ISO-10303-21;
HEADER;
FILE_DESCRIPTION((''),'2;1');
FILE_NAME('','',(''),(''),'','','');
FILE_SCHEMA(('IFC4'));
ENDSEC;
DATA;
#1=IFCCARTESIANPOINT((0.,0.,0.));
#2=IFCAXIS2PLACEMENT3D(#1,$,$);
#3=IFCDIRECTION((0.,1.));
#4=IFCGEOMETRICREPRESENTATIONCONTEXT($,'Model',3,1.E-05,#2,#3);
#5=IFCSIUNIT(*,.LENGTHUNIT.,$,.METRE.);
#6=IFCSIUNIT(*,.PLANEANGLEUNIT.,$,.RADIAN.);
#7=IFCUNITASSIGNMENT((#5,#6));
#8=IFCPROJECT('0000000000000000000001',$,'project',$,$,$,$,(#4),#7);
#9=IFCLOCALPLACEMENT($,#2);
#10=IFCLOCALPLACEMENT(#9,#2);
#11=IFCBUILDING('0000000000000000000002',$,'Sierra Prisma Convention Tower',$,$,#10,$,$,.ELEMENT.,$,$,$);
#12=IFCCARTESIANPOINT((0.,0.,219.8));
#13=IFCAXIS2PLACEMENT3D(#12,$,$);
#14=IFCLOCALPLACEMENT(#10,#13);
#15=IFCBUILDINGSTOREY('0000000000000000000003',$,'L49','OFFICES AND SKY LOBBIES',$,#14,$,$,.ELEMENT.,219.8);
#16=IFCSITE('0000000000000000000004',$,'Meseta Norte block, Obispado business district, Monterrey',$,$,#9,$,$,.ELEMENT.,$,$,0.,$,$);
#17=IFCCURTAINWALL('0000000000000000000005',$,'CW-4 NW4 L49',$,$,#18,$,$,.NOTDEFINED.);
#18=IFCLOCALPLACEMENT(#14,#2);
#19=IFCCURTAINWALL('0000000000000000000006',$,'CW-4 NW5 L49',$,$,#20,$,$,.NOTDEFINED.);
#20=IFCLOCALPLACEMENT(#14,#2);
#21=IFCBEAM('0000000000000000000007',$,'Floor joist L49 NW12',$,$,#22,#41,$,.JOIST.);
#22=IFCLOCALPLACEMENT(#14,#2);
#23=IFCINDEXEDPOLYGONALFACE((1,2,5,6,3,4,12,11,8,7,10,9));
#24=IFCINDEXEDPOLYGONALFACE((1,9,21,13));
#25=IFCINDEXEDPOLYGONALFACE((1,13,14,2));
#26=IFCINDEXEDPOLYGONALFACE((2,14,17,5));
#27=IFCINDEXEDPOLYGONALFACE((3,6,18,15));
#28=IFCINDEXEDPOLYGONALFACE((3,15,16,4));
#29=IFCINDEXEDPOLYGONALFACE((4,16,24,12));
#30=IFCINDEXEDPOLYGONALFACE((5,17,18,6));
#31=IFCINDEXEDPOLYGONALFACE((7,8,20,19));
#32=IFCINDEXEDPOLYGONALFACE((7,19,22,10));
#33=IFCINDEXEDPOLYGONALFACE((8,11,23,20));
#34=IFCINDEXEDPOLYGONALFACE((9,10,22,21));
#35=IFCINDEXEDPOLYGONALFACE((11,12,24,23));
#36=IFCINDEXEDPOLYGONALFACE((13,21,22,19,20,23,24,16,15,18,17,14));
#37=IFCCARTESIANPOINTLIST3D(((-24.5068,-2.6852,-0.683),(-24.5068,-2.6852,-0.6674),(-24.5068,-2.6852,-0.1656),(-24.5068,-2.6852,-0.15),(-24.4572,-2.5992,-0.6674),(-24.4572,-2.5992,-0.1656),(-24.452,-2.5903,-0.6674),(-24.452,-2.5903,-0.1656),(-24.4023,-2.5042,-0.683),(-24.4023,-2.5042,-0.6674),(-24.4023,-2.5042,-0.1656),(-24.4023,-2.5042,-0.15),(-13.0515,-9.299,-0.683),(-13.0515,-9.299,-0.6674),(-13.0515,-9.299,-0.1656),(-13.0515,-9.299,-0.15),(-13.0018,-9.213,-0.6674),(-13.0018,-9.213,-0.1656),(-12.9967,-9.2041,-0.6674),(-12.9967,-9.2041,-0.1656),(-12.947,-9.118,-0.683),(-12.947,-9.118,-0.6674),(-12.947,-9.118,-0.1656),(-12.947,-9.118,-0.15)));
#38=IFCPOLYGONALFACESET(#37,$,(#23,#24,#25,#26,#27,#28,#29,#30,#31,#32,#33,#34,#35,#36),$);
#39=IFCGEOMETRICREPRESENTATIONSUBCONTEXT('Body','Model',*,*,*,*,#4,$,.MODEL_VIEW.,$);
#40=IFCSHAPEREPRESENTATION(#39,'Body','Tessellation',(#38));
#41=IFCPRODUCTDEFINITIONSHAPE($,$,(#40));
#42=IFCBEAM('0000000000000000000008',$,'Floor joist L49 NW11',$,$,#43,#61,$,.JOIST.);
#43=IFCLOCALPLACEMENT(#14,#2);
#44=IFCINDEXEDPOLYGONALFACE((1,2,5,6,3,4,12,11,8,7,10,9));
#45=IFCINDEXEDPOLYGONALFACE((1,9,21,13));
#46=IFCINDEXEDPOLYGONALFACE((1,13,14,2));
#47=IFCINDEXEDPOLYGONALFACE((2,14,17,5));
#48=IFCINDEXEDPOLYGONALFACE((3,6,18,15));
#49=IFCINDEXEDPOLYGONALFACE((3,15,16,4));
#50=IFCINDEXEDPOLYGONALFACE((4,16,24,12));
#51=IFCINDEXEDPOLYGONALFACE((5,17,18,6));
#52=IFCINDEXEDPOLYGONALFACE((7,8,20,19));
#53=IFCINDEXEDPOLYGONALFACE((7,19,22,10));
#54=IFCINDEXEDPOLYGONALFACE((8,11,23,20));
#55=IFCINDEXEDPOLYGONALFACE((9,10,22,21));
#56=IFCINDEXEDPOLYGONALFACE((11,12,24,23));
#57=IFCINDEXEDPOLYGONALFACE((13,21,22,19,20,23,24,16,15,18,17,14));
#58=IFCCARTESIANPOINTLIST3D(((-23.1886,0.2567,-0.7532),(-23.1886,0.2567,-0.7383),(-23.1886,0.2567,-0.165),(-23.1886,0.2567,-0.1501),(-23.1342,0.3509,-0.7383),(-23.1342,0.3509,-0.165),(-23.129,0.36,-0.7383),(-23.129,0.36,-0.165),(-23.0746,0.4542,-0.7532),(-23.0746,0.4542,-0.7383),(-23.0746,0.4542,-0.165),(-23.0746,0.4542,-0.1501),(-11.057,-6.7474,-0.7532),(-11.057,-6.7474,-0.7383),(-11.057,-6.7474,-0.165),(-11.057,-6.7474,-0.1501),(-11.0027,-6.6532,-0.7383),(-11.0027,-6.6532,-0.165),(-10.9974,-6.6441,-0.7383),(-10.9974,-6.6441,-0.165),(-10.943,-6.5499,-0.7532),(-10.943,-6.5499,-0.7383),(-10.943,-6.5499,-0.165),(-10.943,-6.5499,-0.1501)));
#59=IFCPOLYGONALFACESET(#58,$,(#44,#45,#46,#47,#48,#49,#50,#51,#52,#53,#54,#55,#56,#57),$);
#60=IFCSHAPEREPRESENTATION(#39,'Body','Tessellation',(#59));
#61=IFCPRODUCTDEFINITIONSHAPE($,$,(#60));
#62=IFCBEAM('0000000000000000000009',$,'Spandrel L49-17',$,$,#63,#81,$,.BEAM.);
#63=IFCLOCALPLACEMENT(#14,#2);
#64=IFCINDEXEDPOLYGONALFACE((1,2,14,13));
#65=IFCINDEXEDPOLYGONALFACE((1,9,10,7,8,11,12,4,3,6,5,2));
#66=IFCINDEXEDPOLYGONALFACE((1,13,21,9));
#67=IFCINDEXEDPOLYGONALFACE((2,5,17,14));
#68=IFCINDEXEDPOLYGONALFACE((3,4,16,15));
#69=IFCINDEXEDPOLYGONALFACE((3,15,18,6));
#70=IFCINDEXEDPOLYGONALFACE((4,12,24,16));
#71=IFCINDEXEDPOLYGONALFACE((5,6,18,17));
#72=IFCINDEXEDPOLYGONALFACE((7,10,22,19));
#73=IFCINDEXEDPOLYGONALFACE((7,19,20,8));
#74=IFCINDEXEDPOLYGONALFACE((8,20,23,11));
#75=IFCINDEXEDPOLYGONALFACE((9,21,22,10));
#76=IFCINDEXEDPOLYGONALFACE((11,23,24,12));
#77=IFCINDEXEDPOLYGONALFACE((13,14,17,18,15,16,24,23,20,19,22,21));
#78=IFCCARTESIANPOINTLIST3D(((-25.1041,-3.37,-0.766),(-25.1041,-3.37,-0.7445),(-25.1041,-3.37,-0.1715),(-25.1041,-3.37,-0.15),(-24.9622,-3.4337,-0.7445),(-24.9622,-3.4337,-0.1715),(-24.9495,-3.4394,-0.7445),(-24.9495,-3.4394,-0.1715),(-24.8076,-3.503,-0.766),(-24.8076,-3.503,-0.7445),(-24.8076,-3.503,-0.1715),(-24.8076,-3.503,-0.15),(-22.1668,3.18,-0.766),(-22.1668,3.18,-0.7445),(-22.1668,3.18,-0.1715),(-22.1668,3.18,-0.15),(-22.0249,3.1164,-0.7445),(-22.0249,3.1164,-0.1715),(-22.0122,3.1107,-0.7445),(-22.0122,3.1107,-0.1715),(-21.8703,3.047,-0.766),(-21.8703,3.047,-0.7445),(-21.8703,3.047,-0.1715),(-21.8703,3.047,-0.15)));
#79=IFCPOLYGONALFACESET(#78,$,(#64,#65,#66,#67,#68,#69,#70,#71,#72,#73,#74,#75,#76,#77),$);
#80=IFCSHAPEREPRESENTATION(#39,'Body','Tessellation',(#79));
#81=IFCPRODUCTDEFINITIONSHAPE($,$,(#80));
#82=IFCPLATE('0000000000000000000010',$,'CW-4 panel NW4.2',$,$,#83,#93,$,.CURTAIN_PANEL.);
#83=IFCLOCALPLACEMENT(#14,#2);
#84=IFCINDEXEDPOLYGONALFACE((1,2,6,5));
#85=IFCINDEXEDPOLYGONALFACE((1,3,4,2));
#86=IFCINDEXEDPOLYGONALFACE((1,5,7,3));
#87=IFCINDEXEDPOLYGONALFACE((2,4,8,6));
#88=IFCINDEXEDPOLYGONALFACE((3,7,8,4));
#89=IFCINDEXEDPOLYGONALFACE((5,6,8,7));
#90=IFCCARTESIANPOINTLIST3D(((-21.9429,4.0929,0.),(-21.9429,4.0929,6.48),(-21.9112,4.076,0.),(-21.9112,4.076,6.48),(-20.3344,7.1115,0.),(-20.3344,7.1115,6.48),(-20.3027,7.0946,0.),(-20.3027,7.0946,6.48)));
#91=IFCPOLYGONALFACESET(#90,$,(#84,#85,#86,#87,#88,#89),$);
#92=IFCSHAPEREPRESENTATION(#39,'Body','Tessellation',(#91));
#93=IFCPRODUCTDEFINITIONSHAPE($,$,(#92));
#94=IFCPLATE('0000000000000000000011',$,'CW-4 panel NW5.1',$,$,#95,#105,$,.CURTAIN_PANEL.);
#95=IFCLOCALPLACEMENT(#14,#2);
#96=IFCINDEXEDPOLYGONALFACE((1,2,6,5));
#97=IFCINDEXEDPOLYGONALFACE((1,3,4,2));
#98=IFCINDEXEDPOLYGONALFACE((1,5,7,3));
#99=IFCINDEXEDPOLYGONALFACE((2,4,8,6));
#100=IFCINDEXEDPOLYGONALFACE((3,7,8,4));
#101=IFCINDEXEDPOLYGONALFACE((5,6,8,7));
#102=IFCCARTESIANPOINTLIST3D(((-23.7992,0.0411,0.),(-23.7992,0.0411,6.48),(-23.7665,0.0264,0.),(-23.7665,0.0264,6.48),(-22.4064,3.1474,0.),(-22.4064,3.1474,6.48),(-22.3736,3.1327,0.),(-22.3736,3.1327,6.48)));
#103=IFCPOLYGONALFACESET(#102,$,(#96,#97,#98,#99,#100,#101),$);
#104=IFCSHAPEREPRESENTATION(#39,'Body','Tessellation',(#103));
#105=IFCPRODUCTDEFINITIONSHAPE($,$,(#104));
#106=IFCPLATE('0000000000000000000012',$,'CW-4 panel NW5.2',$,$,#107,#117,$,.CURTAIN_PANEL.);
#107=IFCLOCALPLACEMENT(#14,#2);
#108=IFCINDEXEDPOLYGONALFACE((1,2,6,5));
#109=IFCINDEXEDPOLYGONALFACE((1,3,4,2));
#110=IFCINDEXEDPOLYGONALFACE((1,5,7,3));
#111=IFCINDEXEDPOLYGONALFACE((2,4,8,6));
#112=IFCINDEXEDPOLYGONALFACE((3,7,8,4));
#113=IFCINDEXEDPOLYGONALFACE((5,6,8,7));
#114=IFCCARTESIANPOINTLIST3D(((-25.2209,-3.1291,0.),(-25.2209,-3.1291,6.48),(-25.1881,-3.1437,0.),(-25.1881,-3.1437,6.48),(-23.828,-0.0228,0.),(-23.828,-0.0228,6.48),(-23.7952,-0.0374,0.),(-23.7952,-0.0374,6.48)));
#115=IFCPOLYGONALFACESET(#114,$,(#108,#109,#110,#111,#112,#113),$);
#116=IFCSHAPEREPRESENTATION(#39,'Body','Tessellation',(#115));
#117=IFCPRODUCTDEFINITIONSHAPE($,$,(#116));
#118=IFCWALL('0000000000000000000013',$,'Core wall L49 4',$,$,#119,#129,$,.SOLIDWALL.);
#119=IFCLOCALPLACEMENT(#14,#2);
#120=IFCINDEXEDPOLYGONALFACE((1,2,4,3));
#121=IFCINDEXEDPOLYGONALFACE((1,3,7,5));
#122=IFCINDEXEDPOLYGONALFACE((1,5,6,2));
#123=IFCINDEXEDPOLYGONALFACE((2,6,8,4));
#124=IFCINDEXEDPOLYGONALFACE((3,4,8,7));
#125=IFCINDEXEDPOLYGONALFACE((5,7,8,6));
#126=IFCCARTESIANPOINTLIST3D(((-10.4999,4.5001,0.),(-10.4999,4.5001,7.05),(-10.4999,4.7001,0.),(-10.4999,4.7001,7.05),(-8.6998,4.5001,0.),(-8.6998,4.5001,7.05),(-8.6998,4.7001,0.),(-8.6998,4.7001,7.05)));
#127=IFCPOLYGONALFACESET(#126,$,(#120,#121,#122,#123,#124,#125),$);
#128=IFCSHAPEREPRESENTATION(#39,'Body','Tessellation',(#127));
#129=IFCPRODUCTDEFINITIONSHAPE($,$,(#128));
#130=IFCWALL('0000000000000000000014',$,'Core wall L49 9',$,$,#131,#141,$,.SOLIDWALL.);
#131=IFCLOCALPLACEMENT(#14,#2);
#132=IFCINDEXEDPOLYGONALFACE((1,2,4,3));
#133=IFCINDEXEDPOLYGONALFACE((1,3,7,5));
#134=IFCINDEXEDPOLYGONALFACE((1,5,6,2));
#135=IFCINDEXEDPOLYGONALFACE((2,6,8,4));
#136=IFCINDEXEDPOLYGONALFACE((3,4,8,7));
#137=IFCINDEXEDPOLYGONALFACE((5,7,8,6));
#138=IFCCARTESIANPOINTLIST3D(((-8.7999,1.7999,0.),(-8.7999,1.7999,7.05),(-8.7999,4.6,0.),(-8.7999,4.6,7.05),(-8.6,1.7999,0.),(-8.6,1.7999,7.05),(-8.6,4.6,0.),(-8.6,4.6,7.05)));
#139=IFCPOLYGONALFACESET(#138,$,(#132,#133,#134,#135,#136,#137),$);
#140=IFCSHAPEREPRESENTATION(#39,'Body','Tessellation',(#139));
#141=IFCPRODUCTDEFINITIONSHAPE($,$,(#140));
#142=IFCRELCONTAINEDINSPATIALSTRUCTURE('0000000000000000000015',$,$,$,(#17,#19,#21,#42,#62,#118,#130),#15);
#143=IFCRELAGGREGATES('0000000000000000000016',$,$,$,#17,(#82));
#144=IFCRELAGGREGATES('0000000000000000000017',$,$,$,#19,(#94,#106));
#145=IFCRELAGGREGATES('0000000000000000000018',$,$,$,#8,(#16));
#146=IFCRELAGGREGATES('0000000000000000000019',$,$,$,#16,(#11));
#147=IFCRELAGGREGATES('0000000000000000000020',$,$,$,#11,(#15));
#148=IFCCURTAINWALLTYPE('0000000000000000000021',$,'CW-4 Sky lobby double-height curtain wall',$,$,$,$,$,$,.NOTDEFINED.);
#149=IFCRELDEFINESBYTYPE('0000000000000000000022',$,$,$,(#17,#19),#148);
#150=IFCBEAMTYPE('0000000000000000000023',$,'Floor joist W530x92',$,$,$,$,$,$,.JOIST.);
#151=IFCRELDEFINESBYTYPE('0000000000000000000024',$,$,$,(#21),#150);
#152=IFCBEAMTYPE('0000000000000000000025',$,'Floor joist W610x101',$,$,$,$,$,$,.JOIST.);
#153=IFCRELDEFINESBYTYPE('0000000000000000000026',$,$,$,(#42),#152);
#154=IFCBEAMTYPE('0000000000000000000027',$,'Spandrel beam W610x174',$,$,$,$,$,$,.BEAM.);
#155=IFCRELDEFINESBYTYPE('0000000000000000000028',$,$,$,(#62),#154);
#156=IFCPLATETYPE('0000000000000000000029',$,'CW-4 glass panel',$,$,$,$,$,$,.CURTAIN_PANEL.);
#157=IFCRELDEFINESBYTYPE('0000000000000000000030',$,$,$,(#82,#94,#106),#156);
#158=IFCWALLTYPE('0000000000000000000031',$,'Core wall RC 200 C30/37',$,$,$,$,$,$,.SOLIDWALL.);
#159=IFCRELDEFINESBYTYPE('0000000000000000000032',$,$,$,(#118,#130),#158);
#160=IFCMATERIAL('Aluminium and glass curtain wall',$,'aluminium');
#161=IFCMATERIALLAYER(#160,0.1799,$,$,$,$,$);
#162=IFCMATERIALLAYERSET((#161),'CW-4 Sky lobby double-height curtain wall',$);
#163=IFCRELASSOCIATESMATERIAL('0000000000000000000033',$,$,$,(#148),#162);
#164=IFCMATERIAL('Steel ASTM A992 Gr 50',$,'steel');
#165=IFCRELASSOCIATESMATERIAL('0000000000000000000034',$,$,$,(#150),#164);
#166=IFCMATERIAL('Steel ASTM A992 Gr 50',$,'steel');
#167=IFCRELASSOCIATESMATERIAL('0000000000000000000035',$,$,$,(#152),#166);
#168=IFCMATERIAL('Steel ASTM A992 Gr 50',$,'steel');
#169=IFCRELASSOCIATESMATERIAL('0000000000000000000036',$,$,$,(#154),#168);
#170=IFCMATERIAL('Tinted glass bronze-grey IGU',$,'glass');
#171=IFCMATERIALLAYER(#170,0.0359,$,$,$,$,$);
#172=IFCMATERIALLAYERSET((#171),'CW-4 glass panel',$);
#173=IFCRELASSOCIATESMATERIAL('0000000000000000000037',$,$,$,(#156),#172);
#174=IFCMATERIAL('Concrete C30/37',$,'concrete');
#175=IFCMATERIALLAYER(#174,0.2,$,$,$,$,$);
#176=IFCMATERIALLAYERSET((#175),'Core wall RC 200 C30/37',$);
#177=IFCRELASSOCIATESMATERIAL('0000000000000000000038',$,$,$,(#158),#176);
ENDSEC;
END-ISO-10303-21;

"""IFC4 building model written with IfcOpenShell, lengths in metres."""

from ifc_helpers import new_model, si_unit, direction, frame, frame_2d, origin, origin_2d, place, context, subcontext, project, spatial, rectangle, i_section, extrude, material, layer, layer_set, material_profile, profile_set, type_object, element, aggregate, save


model = new_model("IFC4")

# Units and contexts
model_context = context("Model", 3, precision=1e-05, world=origin(), true_north=direction((0.0, 1.0)))
body_context = subcontext(model_context, "Body", "Model", "MODEL_VIEW")
ifc_project = project(units=[si_unit("LENGTHUNIT", "METRE"), si_unit("PLANEANGLEUNIT", "RADIAN")], contexts=[model_context])

# Site, building, storey
site_placement = place(None, origin())
site = spatial("IfcSite", under=ifc_project, at=site_placement, Name="Meseta Norte block, Obispado business district, Monterrey", CompositionType="ELEMENT", RefElevation=0.0)
building_placement = place(site_placement, origin())
building = spatial("IfcBuilding", under=site, at=building_placement, Name="Sierra Prisma Convention Tower", CompositionType="ELEMENT")
storey_placement = place(building_placement, frame((0.0, 0.0, 219.8)))
storey = spatial("IfcBuildingStorey", under=building, at=storey_placement, Name="L49", Description="OFFICES AND SKY LOBBIES", CompositionType="ELEMENT", Elevation=219.8)

# Curtain walls
ifc_material_1 = material(Name="Aluminium and glass curtain wall", Category="aluminium")
ifc_layer_1 = layer(ifc_material_1, 0.1799)
ifc_layer_set_1 = layer_set([ifc_layer_1], Name="CW-4 Sky lobby double-height curtain wall")
curtain_wall_type = type_object("IfcCurtainWallType", Name="CW-4 Sky lobby double-height curtain wall", PredefinedType="NOTDEFINED", material=ifc_layer_set_1)
curtain_wall_1_placement = place(storey_placement, origin())
curtain_wall_1 = element("IfcCurtainWall", 1, at=curtain_wall_1_placement, inside=storey, type_object=curtain_wall_type, Name="CW-4 NW4 L49", PredefinedType="NOTDEFINED")
curtain_wall_2_placement = place(storey_placement, origin())
curtain_wall_2 = element("IfcCurtainWall", 2, at=curtain_wall_2_placement, inside=storey, type_object=curtain_wall_type, Name="CW-4 NW5 L49", PredefinedType="NOTDEFINED")

# Beams
ifc_material_2 = material(Name="Steel ASTM A992 Gr 50", Category="steel")
ifc_material_profile_1 = material_profile(ifc_material_2, i_section(OverallWidth=0.209, OverallDepth=0.533, WebThickness=0.0103, FlangeThickness=0.0156, at=origin_2d()), Name="W530x92")
ifc_profile_set_1 = profile_set([ifc_material_profile_1], Name="Steel ASTM A992 Gr 50")
beam_type_1 = type_object("IfcBeamType", Name="Floor joist W530x92", PredefinedType="JOIST", material=ifc_profile_set_1)
beam_1_placement = place(storey_placement, frame((-24.4546, -2.5947, -0.4165), z_axis=(0.866024, -0.500002, 0.0), x_axis=(0.500002, 0.866024, 0.0)))
element("IfcBeam", 3, at=beam_1_placement, inside=storey, type_object=beam_type_1, Name="Floor joist L49 NW12", PredefinedType="JOIST", context=body_context, shape_type="SweptSolid", body=[
    extrude(i_section(OverallWidth=0.209, OverallDepth=0.533, WebThickness=0.0103, FlangeThickness=0.0156, at=origin_2d()), origin(), (0.0, 0.0, 1.0), 13.2275),
])
ifc_material_3 = material(Name="Steel ASTM A992 Gr 50", Category="steel")
ifc_material_profile_2 = material_profile(ifc_material_3, i_section(OverallWidth=0.228, OverallDepth=0.603, WebThickness=0.0105, FlangeThickness=0.0149, at=origin_2d()), Name="W610x101")
ifc_profile_set_2 = profile_set([ifc_material_profile_2], Name="Steel ASTM A992 Gr 50")
beam_type_2 = type_object("IfcBeamType", Name="Floor joist W610x101", PredefinedType="JOIST", material=ifc_profile_set_2)
beam_2_placement = place(storey_placement, frame((-23.1316, 0.3555, -0.4517), z_axis=(0.866026, -0.499999, 0.0), x_axis=(0.499999, 0.866026, 0.0)))
element("IfcBeam", 4, at=beam_2_placement, inside=storey, type_object=beam_type_2, Name="Floor joist L49 NW11", PredefinedType="JOIST", context=body_context, shape_type="SweptSolid", body=[
    extrude(i_section(OverallWidth=0.228, OverallDepth=0.603, WebThickness=0.0105, FlangeThickness=0.0149, at=origin_2d()), origin(), (0.0, 0.0, 1.0), 14.0083),
])
ifc_material_4 = material(Name="Steel ASTM A992 Gr 50", Category="steel")
ifc_material_profile_3 = material_profile(ifc_material_4, i_section(OverallWidth=0.325, OverallDepth=0.616, WebThickness=0.0139, FlangeThickness=0.0215, at=origin_2d()), Name="W610x174")
ifc_profile_set_3 = profile_set([ifc_material_profile_3], Name="Steel ASTM A992 Gr 50")
beam_type_3 = type_object("IfcBeamType", Name="Spandrel beam W610x174", PredefinedType="BEAM", material=ifc_profile_set_3)
beam_3_placement = place(storey_placement, frame((-22.0186, 3.1135, -0.458), z_axis=(-0.409175, -0.912456, 0.0), x_axis=(0.912456, -0.409175, 0.0)))
element("IfcBeam", 5, at=beam_3_placement, inside=storey, type_object=beam_type_3, Name="Spandrel L49-17", PredefinedType="BEAM", context=body_context, shape_type="SweptSolid", body=[
    extrude(i_section(OverallWidth=0.325, OverallDepth=0.616, WebThickness=0.0139, FlangeThickness=0.0215, at=origin_2d()), origin(), (0.0, 0.0, 1.0), 7.1785),
])

# Plates
ifc_material_5 = material(Name="Tinted glass bronze-grey IGU", Category="glass")
ifc_layer_2 = layer(ifc_material_5, 0.0359)
ifc_layer_set_2 = layer_set([ifc_layer_2], Name="CW-4 glass panel")
plate_type = type_object("IfcPlateType", Name="CW-4 glass panel", PredefinedType="CURTAIN_PANEL", material=ifc_layer_set_2)
plate_1_placement = place(storey_placement, frame((-21.1228, 5.5938, 0.0), z_axis=(0.0, 0.0, 1.0), x_axis=(-0.470251, -0.882533, 0.0)))
plate_1 = element("IfcPlate", 6, at=plate_1_placement, type_object=plate_type, Name="CW-4 panel NW4.2", PredefinedType="CURTAIN_PANEL", context=body_context, shape_type="SweptSolid", body=[
    extrude(rectangle(XDim=3.4204, YDim=0.0359, at=origin_2d()), origin(), (0.0, 0.0, 1.0), 6.48),
])
aggregate(curtain_wall_1, [plate_1])
plate_2_placement = place(storey_placement, frame((-23.0864, 1.5869, 0.0), z_axis=(0.0, 0.0, 1.0), x_axis=(-0.409156, -0.912465, 0.0)))
plate_2 = element("IfcPlate", 7, at=plate_2_placement, type_object=plate_type, Name="CW-4 panel NW5.1", PredefinedType="CURTAIN_PANEL", context=body_context, shape_type="SweptSolid", body=[
    extrude(rectangle(XDim=3.4043, YDim=0.0359, at=origin_2d()), origin(), (0.0, 0.0, 1.0), 6.48),
])
plate_3_placement = place(storey_placement, frame((-24.5081, -1.5833, 0.0), z_axis=(0.0, 0.0, 1.0), x_axis=(-0.409156, -0.912465, 0.0)))
plate_3 = element("IfcPlate", 8, at=plate_3_placement, type_object=plate_type, Name="CW-4 panel NW5.2", PredefinedType="CURTAIN_PANEL", context=body_context, shape_type="SweptSolid", body=[
    extrude(rectangle(XDim=3.4043, YDim=0.0359, at=origin_2d()), origin(), (0.0, 0.0, 1.0), 6.48),
])
aggregate(curtain_wall_2, [plate_2, plate_3])

# Shared definitions
ifc_material_6 = material(Name="Concrete C30/37", Category="concrete")
ifc_layer_3 = layer(ifc_material_6, 0.2)
ifc_layer_set_3 = layer_set([ifc_layer_3], Name="Core wall RC 200 C30/37")
wall_type = type_object("IfcWallType", Name="Core wall RC 200 C30/37", PredefinedType="SOLIDWALL", material=ifc_layer_set_3)

# Wall
wall_1_placement = place(storey_placement, frame((-8.7, 4.6001, 0.0), z_axis=(0.0, 0.0, 1.0), x_axis=(-1.0, 0.0, 0.0)))
element("IfcWall", 9, at=wall_1_placement, inside=storey, type_object=wall_type, Name="Core wall L49 4", PredefinedType="SOLIDWALL", context=body_context, shape_type="SweptSolid", body=[
    extrude(rectangle(XDim=1.8, YDim=0.2, at=frame_2d((0.8999, 0.0))), origin(), (0.0, 0.0, 1.0), 7.05),
])

# Wall
wall_2_placement = place(storey_placement, frame((-8.7, 1.8, 0.0), z_axis=(0.0, 0.0, 1.0), x_axis=(0.0, 1.0, 0.0)))
element("IfcWall", 10, at=wall_2_placement, inside=storey, type_object=wall_type, Name="Core wall L49 9", PredefinedType="SOLIDWALL", context=body_context, shape_type="SweptSolid", body=[
    extrude(rectangle(XDim=2.8, YDim=0.2, at=frame_2d((1.3999, 0.0))), origin(), (0.0, 0.0, 1.0), 7.05),
])

save(model, "model.ifc")
